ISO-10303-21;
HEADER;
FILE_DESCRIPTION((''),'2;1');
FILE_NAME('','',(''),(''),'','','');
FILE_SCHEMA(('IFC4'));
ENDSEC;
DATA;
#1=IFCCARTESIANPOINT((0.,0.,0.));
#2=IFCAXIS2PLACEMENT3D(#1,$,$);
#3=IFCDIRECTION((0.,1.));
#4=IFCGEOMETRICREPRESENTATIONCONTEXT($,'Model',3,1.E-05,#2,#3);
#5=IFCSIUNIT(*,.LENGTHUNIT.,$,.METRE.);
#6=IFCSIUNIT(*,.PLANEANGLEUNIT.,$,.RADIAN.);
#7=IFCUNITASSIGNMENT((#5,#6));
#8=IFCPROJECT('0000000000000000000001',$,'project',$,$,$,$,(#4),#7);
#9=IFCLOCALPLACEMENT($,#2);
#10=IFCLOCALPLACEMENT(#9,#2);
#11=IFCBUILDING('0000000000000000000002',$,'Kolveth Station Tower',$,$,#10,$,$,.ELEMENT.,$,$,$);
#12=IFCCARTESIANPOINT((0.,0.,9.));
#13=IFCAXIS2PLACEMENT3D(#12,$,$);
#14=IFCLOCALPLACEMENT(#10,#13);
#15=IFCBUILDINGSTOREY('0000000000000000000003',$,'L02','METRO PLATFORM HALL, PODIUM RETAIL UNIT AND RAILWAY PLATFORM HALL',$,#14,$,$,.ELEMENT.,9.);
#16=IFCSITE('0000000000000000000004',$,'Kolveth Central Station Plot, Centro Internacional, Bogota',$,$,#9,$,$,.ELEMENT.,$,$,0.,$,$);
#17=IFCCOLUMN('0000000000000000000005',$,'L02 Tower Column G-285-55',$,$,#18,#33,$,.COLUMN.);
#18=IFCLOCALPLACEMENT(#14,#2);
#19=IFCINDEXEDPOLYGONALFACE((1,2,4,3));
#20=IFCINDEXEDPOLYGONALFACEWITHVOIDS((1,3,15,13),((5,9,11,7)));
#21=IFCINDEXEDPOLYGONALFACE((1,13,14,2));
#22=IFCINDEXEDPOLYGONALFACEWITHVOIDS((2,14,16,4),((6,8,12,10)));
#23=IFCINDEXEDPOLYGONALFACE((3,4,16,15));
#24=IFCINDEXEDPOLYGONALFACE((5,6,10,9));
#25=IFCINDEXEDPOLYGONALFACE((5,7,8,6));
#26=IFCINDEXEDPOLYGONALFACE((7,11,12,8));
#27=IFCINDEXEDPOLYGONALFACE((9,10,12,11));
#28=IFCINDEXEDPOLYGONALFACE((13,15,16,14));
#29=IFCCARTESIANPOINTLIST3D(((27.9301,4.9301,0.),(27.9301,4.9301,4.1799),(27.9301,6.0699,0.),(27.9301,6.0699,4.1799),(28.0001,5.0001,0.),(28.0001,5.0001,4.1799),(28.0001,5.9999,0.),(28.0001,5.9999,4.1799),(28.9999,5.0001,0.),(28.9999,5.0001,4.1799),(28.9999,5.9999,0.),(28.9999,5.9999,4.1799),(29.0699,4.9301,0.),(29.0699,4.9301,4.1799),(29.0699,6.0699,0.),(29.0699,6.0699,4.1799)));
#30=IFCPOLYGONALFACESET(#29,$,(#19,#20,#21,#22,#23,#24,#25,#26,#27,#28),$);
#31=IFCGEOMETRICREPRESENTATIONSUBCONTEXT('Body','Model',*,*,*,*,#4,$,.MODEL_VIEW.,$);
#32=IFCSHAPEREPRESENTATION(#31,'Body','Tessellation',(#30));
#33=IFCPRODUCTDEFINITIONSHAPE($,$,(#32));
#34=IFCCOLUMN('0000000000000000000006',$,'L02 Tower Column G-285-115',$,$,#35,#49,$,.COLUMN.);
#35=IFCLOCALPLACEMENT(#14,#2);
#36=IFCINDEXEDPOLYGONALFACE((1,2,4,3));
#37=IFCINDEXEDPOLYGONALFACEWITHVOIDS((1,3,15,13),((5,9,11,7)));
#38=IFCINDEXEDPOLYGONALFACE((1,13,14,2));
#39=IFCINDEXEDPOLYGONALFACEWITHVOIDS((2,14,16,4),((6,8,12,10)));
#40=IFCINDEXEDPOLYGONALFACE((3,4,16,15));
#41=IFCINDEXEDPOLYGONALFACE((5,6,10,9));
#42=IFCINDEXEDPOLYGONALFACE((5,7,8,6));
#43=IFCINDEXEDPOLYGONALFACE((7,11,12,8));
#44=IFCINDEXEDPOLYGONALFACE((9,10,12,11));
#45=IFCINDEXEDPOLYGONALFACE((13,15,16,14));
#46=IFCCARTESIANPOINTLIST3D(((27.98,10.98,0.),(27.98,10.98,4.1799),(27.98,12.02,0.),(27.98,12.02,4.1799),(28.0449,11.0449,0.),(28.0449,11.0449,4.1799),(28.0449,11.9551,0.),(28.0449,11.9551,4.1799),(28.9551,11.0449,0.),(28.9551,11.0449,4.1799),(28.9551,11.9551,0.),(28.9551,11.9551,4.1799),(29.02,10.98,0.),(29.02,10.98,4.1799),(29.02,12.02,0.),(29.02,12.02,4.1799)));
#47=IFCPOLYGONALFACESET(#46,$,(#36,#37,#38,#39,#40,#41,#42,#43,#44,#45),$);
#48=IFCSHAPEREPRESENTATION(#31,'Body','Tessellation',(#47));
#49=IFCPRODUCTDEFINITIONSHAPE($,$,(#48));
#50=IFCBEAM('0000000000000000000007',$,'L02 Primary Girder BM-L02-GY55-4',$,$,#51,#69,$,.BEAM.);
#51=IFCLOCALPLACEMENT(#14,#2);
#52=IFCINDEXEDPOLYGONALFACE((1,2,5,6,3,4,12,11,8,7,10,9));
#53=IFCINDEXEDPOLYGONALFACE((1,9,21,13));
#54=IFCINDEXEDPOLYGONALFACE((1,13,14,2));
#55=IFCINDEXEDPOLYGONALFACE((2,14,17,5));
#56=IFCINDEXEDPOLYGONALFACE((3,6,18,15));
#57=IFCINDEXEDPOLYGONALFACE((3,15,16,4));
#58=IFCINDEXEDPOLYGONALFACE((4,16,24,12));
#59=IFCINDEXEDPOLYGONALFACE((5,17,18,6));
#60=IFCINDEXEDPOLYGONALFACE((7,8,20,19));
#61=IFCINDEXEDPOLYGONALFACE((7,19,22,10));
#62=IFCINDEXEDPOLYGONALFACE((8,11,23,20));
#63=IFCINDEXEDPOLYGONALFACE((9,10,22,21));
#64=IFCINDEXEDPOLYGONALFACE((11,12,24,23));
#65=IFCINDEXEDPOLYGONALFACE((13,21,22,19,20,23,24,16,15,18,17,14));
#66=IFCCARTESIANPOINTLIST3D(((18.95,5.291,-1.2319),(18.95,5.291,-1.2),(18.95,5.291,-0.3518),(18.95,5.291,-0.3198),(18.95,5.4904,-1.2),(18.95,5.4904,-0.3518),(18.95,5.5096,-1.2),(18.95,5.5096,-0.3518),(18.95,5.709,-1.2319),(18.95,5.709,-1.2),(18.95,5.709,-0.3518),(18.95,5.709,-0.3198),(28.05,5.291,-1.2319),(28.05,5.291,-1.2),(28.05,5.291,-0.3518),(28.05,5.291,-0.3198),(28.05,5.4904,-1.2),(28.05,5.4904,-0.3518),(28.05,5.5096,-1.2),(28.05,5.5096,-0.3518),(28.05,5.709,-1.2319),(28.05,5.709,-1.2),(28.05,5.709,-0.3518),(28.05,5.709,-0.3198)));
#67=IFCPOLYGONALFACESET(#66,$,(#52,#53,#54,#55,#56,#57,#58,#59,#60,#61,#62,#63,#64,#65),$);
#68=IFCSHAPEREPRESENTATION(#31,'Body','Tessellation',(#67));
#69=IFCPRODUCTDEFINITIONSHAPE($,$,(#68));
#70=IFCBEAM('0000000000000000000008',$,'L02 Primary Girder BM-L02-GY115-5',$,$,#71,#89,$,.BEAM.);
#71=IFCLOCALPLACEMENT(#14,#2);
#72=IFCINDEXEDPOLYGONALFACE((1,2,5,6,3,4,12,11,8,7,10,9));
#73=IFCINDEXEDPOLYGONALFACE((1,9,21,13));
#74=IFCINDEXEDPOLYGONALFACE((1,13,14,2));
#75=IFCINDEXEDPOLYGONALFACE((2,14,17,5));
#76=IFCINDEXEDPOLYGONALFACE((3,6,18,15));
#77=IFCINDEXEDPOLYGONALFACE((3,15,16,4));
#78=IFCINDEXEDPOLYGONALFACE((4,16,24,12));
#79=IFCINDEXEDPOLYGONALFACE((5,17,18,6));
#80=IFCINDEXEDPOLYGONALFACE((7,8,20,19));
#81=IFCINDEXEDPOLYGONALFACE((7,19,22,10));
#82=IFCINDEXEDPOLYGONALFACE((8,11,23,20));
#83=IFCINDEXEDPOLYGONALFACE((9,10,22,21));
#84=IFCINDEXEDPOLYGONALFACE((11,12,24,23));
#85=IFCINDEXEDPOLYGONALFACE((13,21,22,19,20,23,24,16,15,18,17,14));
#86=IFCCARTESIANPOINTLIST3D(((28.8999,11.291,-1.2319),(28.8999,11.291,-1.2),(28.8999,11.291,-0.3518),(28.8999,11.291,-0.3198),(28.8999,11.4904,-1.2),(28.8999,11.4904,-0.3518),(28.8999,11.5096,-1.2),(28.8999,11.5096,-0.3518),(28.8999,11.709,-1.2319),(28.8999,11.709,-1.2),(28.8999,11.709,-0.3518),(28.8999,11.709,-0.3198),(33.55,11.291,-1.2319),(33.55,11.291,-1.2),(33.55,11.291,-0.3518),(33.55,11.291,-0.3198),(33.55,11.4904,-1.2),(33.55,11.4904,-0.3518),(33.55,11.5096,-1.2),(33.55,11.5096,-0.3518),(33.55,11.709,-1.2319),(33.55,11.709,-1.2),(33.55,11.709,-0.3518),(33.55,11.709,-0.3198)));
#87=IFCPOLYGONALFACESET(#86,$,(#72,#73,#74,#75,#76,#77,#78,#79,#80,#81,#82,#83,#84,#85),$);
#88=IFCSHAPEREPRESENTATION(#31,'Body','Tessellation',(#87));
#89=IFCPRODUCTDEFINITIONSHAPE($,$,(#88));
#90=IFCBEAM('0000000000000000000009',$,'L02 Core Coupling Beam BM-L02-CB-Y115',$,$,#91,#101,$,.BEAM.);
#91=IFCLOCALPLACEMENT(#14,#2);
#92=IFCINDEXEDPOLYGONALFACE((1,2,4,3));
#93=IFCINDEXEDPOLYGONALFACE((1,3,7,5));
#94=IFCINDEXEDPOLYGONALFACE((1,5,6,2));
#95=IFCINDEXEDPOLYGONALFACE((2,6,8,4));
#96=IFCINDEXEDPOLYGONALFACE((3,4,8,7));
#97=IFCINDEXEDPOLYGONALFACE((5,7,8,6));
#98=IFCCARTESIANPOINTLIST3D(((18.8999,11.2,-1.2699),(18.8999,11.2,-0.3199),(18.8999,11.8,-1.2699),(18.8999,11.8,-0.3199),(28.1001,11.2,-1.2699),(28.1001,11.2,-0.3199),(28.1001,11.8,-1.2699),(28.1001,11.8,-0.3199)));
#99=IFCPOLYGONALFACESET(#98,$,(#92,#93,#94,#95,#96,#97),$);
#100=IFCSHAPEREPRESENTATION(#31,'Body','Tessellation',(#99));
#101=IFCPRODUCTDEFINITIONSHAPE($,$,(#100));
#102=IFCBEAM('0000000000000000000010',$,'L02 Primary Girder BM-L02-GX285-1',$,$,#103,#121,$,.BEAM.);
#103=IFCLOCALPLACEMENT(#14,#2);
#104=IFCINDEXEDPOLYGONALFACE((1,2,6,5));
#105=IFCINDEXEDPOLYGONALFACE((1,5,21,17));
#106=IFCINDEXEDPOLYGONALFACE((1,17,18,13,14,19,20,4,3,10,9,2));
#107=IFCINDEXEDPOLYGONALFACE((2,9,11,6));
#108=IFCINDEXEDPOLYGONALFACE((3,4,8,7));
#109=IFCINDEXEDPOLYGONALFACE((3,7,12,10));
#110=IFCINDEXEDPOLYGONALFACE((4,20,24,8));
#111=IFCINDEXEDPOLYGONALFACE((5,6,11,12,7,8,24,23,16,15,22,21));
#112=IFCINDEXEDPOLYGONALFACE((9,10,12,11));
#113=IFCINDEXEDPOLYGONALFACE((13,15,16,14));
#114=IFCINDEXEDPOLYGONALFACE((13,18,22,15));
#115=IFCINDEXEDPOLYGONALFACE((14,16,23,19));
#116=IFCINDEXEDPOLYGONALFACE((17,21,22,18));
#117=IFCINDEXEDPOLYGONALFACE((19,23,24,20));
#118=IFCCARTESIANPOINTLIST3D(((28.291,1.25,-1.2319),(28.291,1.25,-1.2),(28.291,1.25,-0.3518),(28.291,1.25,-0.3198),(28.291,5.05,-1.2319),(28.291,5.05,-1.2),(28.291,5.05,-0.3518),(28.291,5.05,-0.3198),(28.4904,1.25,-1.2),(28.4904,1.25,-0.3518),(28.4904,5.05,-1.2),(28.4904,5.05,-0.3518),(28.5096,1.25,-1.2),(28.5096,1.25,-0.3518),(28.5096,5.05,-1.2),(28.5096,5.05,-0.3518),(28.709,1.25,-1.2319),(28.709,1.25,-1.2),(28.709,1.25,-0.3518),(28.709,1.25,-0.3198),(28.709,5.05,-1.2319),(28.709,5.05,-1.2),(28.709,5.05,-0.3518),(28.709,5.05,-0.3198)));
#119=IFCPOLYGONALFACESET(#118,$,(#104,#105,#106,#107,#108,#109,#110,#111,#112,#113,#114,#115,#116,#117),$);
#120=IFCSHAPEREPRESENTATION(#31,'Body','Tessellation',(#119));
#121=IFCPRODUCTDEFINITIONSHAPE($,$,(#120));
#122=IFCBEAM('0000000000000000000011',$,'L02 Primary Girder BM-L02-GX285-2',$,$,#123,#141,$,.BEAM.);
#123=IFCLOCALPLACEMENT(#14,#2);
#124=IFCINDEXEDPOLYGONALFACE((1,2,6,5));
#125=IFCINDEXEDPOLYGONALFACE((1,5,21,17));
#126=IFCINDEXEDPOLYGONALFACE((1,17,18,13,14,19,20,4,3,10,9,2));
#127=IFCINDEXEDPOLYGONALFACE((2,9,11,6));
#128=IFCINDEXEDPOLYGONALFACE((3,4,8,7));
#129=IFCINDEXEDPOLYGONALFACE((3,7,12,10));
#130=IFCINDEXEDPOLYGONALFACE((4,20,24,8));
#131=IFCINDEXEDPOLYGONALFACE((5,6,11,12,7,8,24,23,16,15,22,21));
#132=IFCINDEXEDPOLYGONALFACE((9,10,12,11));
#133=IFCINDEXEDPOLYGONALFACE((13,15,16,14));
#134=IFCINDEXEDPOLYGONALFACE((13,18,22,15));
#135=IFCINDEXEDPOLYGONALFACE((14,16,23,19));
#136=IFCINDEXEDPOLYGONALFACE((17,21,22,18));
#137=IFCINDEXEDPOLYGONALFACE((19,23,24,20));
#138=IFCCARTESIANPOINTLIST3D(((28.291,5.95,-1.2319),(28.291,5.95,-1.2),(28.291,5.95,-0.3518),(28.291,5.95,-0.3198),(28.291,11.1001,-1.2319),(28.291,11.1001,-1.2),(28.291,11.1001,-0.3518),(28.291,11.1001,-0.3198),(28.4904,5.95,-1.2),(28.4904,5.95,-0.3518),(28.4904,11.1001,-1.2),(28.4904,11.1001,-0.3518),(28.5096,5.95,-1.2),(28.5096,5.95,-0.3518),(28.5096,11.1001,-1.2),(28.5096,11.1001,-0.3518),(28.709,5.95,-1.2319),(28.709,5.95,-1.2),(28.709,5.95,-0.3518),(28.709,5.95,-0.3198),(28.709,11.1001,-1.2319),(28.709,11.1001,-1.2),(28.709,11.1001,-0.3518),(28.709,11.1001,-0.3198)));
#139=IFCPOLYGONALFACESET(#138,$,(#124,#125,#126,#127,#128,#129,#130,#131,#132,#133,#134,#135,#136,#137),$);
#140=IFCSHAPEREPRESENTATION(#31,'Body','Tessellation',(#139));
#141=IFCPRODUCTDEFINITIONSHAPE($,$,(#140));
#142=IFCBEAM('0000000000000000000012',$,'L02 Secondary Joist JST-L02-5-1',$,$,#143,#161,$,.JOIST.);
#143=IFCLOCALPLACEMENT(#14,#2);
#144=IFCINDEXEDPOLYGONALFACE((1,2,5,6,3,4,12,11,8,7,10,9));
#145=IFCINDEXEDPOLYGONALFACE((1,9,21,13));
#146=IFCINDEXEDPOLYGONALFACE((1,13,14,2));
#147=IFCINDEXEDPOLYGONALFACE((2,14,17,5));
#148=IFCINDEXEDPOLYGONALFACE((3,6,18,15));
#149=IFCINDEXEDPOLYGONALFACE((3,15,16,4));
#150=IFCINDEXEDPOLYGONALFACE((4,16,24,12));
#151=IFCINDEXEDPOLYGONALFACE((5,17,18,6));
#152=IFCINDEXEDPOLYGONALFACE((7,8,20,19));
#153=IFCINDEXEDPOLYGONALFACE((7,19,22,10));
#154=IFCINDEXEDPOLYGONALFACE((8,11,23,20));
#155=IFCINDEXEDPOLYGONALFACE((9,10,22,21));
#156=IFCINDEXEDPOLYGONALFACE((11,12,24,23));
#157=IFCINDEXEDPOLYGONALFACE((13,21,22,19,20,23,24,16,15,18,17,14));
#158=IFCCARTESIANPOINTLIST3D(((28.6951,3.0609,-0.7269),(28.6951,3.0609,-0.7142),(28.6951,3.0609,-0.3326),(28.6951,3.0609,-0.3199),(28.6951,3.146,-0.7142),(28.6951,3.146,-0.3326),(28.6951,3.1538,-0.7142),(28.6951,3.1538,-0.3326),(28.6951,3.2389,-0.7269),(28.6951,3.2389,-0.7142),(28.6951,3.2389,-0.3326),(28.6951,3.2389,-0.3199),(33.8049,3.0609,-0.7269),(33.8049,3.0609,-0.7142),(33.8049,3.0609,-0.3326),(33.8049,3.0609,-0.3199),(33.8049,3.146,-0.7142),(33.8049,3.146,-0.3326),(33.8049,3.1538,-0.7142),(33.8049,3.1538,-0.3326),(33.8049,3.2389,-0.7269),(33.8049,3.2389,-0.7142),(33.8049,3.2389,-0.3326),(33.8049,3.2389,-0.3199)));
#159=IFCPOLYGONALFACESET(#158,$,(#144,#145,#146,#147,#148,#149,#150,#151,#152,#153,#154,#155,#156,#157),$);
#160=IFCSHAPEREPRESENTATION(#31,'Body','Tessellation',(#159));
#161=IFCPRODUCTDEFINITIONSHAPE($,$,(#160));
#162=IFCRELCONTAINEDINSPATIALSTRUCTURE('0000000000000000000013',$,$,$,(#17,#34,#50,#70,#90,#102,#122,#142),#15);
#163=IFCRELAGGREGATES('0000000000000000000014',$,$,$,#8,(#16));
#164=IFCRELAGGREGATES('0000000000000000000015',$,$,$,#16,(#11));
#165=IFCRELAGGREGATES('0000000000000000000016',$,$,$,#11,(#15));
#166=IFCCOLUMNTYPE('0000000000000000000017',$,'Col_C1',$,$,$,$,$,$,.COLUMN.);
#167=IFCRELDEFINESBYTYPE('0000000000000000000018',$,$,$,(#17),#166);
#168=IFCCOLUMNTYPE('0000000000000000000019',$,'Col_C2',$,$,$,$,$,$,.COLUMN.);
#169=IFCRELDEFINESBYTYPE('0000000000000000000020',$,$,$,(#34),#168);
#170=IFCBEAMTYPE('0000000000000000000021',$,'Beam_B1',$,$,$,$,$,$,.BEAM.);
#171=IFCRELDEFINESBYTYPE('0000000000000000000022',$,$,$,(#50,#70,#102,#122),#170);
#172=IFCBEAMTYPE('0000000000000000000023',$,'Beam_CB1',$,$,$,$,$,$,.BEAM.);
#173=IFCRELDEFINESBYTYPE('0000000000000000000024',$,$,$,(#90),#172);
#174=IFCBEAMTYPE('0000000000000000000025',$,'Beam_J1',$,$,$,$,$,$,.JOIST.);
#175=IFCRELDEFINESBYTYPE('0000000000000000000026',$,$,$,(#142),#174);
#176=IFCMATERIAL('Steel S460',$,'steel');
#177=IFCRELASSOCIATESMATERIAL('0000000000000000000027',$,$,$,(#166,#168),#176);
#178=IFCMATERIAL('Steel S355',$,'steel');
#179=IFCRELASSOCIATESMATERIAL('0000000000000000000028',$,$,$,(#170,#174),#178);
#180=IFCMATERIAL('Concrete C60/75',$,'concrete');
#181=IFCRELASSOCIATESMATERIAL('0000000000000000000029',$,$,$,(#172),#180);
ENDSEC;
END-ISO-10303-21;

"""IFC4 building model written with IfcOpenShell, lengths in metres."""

from ifc_helpers import new_model, si_unit, direction, frame, origin, origin_2d, place, context, subcontext, project, spatial, rectangle, hollow_rectangle, i_section, extrude, source, transform, mapped, material, material_profile, profile_set, type_object, element, save


model = new_model("IFC4")

# Units and contexts
model_context = context("Model", 3, precision=1e-05, world=origin(), true_north=direction((0.0, 1.0)))
body_context = subcontext(model_context, "Body", "Model", "MODEL_VIEW")
ifc_project = project(units=[si_unit("LENGTHUNIT", "METRE"), si_unit("PLANEANGLEUNIT", "RADIAN")], contexts=[model_context])

# Site, building, storey
site_placement = place(None, origin())
site = spatial("IfcSite", under=ifc_project, at=site_placement, Name="Kolveth Central Station Plot, Centro Internacional, Bogota", CompositionType="ELEMENT", RefElevation=0.0)
building_placement = place(site_placement, origin())
building = spatial("IfcBuilding", under=site, at=building_placement, Name="Kolveth Station Tower", CompositionType="ELEMENT")
storey_placement = place(building_placement, frame((0.0, 0.0, 9.0)))
storey = spatial("IfcBuildingStorey", under=building, at=storey_placement, Name="L02", Description="METRO PLATFORM HALL, PODIUM RETAIL UNIT AND RAILWAY PLATFORM HALL", CompositionType="ELEMENT", Elevation=9.0)

# Columns
ifc_material_1 = material(Name="Steel S460", Category="steel")
ifc_material_profile_1 = material_profile(ifc_material_1, hollow_rectangle(XDim=1.1399, YDim=1.1399, WallThickness=0.0701, at=origin_2d()), Name="BOX1140x1140x70")
ifc_profile_set_1 = profile_set([ifc_material_profile_1], Name="Steel S460")
column_type_1 = type_object("IfcColumnType", Name="Col_C1", PredefinedType="COLUMN", material=ifc_profile_set_1)
shared_shape_1 = source(origin(), body_context, "Body", "SweptSolid", [
    extrude(hollow_rectangle(XDim=1.1399, YDim=1.1399, WallThickness=0.0701, at=origin_2d()), origin(), (0.0, 0.0, 1.0), 4.1799),
])
column_1_placement = place(storey_placement, frame((28.5, 5.5, 0.0), z_axis=(0.0, 0.0, 1.0), x_axis=(1.0, 0.0, 0.0)))
element("IfcColumn", 1, at=column_1_placement, inside=storey, type_object=column_type_1, Name="L02 Tower Column G-285-55", PredefinedType="COLUMN", context=body_context, shape_type="MappedRepresentation", body=[
    mapped(shared_shape_1, transform((0.0, 0.0, 0.0), x_axis=(1.0, 0.0, 0.0), y_axis=(0.0, 1.0, 0.0), z_axis=(0.0, 0.0, 1.0), scale=1.0)),
])
ifc_material_profile_2 = material_profile(ifc_material_1, hollow_rectangle(XDim=1.04, YDim=1.04, WallThickness=0.0649, at=origin_2d()), Name="BOX1040x1040x65")
ifc_profile_set_2 = profile_set([ifc_material_profile_2], Name="Steel S460")
column_type_2 = type_object("IfcColumnType", Name="Col_C2", PredefinedType="COLUMN", material=ifc_profile_set_2)
shared_shape_2 = source(origin(), body_context, "Body", "SweptSolid", [
    extrude(hollow_rectangle(XDim=1.04, YDim=1.04, WallThickness=0.0649, at=origin_2d()), origin(), (0.0, 0.0, 1.0), 4.1799),
])
column_2_placement = place(storey_placement, frame((28.5, 11.5, 0.0), z_axis=(0.0, 0.0, 1.0), x_axis=(1.0, 0.0, 0.0)))
element("IfcColumn", 2, at=column_2_placement, inside=storey, type_object=column_type_2, Name="L02 Tower Column G-285-115", PredefinedType="COLUMN", context=body_context, shape_type="MappedRepresentation", body=[
    mapped(shared_shape_2, transform((0.0, 0.0, 0.0), x_axis=(1.0, 0.0, 0.0), y_axis=(0.0, 1.0, 0.0), z_axis=(0.0, 0.0, 1.0), scale=1.0)),
])

# Beams
ifc_material_2 = material(Name="Steel S355", Category="steel")
ifc_material_profile_3 = material_profile(ifc_material_2, i_section(OverallWidth=0.418, OverallDepth=0.9121, WebThickness=0.0193, FlangeThickness=0.032, at=origin_2d()), Name="W920x342")
ifc_profile_set_3 = profile_set([ifc_material_profile_3], Name="Steel S355")
beam_type_1 = type_object("IfcBeamType", Name="Beam_B1", PredefinedType="BEAM", material=ifc_profile_set_3)
shared_shape_3 = source(origin(), body_context, "Body", "SweptSolid", [
    extrude(i_section(OverallWidth=0.418, OverallDepth=0.9121, WebThickness=0.0193, FlangeThickness=0.032, at=origin_2d()), origin(), (0.0, 0.0, 1.0), 9.1001),
])
beam_1_placement = place(storey_placement, frame((18.95, 5.5, -0.7759), z_axis=(1.0, 0.0, 0.0), x_axis=(0.0, 1.0, 0.0)))
element("IfcBeam", 3, at=beam_1_placement, inside=storey, type_object=beam_type_1, Name="L02 Primary Girder BM-L02-GY55-4", PredefinedType="BEAM", context=body_context, shape_type="MappedRepresentation", body=[
    mapped(shared_shape_3, transform((0.0, 0.0, 0.0), x_axis=(1.0, 0.0, 0.0), y_axis=(0.0, 1.0, 0.0), z_axis=(0.0, 0.0, 1.0), scale=1.0)),
])
shared_shape_4 = source(origin(), body_context, "Body", "SweptSolid", [
    extrude(i_section(OverallWidth=0.418, OverallDepth=0.9121, WebThickness=0.0193, FlangeThickness=0.032, at=origin_2d()), origin(), (0.0, 0.0, 1.0), 4.6501),
])
beam_2_placement = place(storey_placement, frame((28.8999, 11.5, -0.7759), z_axis=(1.0, 0.0, 0.0), x_axis=(0.0, 1.0, 0.0)))
element("IfcBeam", 4, at=beam_2_placement, inside=storey, type_object=beam_type_1, Name="L02 Primary Girder BM-L02-GY115-5", PredefinedType="BEAM", context=body_context, shape_type="MappedRepresentation", body=[
    mapped(shared_shape_4, transform((0.0, 0.0, 0.0), x_axis=(1.0, 0.0, 0.0), y_axis=(0.0, 1.0, 0.0), z_axis=(0.0, 0.0, 1.0), scale=1.0)),
])
ifc_material_3 = material(Name="Concrete C60/75", Category="concrete")
ifc_material_profile_4 = material_profile(ifc_material_3, rectangle(XDim=0.6001, YDim=0.95, at=origin_2d()), Name="RC-600x950")
ifc_profile_set_4 = profile_set([ifc_material_profile_4], Name="Concrete C60/75")
beam_type_2 = type_object("IfcBeamType", Name="Beam_CB1", PredefinedType="BEAM", material=ifc_profile_set_4)
shared_shape_5 = source(origin(), body_context, "Body", "SweptSolid", [
    extrude(rectangle(XDim=0.6001, YDim=0.95, at=origin_2d()), origin(), (0.0, 0.0, 1.0), 9.2002),
])
beam_3_placement = place(storey_placement, frame((18.8999, 11.5, -0.7949), z_axis=(1.0, 0.0, 0.0), x_axis=(0.0, 1.0, 0.0)))
element("IfcBeam", 5, at=beam_3_placement, inside=storey, type_object=beam_type_2, Name="L02 Core Coupling Beam BM-L02-CB-Y115", PredefinedType="BEAM", context=body_context, shape_type="MappedRepresentation", body=[
    mapped(shared_shape_5, transform((0.0, 0.0, 0.0), x_axis=(1.0, 0.0, 0.0), y_axis=(0.0, 1.0, 0.0), z_axis=(0.0, 0.0, 1.0), scale=1.0)),
])
shared_shape_6 = source(origin(), body_context, "Body", "SweptSolid", [
    extrude(i_section(OverallWidth=0.418, OverallDepth=0.9121, WebThickness=0.0193, FlangeThickness=0.032, at=origin_2d()), origin(), (0.0, 0.0, 1.0), 3.8),
])
beam_4_placement = place(storey_placement, frame((28.5, 1.25, -0.7759), z_axis=(0.0, 1.0, 0.0), x_axis=(-1.0, 0.0, 0.0)))
element("IfcBeam", 6, at=beam_4_placement, inside=storey, type_object=beam_type_1, Name="L02 Primary Girder BM-L02-GX285-1", PredefinedType="BEAM", context=body_context, shape_type="MappedRepresentation", body=[
    mapped(shared_shape_6, transform((0.0, 0.0, 0.0), x_axis=(1.0, 0.0, 0.0), y_axis=(0.0, 1.0, 0.0), z_axis=(0.0, 0.0, 1.0), scale=1.0)),
])
shared_shape_7 = source(origin(), body_context, "Body", "SweptSolid", [
    extrude(i_section(OverallWidth=0.418, OverallDepth=0.9121, WebThickness=0.0193, FlangeThickness=0.032, at=origin_2d()), origin(), (0.0, 0.0, 1.0), 5.1501),
])
beam_5_placement = place(storey_placement, frame((28.5, 5.95, -0.7759), z_axis=(0.0, 1.0, 0.0), x_axis=(-1.0, 0.0, 0.0)))
element("IfcBeam", 7, at=beam_5_placement, inside=storey, type_object=beam_type_1, Name="L02 Primary Girder BM-L02-GX285-2", PredefinedType="BEAM", context=body_context, shape_type="MappedRepresentation", body=[
    mapped(shared_shape_7, transform((0.0, 0.0, 0.0), x_axis=(1.0, 0.0, 0.0), y_axis=(0.0, 1.0, 0.0), z_axis=(0.0, 0.0, 1.0), scale=1.0)),
])
ifc_material_profile_5 = material_profile(ifc_material_2, i_section(OverallWidth=0.178, OverallDepth=0.407, WebThickness=0.0078, FlangeThickness=0.0127, at=origin_2d()), Name="W410x60")
ifc_profile_set_5 = profile_set([ifc_material_profile_5], Name="Steel S355")
beam_type_3 = type_object("IfcBeamType", Name="Beam_J1", PredefinedType="JOIST", material=ifc_profile_set_5)
shared_shape_8 = source(origin(), body_context, "Body", "SweptSolid", [
    extrude(i_section(OverallWidth=0.178, OverallDepth=0.407, WebThickness=0.0078, FlangeThickness=0.0127, at=origin_2d()), origin(), (0.0, 0.0, 1.0), 5.1099),
])
for number, where, z_axis, x_axis, name in (
    (8, (28.6951, 3.1499, -0.5234), (1.0, 0.0, 0.0), (0.0, 1.0, 0.0), "L02 Secondary Joist JST-L02-5-1"),
):
    element("IfcBeam", number, at=place(storey_placement, frame(where, z_axis=z_axis, x_axis=x_axis)), inside=storey, type_object=beam_type_3, Name=name, PredefinedType="JOIST", context=body_context, shape_type="MappedRepresentation", body=[
        mapped(shared_shape_8, transform((0.0, 0.0, 0.0), x_axis=(1.0, 0.0, 0.0), y_axis=(0.0, 1.0, 0.0), z_axis=(0.0, 0.0, 1.0), scale=1.0)),
    ])

save(model, "model.ifc")
